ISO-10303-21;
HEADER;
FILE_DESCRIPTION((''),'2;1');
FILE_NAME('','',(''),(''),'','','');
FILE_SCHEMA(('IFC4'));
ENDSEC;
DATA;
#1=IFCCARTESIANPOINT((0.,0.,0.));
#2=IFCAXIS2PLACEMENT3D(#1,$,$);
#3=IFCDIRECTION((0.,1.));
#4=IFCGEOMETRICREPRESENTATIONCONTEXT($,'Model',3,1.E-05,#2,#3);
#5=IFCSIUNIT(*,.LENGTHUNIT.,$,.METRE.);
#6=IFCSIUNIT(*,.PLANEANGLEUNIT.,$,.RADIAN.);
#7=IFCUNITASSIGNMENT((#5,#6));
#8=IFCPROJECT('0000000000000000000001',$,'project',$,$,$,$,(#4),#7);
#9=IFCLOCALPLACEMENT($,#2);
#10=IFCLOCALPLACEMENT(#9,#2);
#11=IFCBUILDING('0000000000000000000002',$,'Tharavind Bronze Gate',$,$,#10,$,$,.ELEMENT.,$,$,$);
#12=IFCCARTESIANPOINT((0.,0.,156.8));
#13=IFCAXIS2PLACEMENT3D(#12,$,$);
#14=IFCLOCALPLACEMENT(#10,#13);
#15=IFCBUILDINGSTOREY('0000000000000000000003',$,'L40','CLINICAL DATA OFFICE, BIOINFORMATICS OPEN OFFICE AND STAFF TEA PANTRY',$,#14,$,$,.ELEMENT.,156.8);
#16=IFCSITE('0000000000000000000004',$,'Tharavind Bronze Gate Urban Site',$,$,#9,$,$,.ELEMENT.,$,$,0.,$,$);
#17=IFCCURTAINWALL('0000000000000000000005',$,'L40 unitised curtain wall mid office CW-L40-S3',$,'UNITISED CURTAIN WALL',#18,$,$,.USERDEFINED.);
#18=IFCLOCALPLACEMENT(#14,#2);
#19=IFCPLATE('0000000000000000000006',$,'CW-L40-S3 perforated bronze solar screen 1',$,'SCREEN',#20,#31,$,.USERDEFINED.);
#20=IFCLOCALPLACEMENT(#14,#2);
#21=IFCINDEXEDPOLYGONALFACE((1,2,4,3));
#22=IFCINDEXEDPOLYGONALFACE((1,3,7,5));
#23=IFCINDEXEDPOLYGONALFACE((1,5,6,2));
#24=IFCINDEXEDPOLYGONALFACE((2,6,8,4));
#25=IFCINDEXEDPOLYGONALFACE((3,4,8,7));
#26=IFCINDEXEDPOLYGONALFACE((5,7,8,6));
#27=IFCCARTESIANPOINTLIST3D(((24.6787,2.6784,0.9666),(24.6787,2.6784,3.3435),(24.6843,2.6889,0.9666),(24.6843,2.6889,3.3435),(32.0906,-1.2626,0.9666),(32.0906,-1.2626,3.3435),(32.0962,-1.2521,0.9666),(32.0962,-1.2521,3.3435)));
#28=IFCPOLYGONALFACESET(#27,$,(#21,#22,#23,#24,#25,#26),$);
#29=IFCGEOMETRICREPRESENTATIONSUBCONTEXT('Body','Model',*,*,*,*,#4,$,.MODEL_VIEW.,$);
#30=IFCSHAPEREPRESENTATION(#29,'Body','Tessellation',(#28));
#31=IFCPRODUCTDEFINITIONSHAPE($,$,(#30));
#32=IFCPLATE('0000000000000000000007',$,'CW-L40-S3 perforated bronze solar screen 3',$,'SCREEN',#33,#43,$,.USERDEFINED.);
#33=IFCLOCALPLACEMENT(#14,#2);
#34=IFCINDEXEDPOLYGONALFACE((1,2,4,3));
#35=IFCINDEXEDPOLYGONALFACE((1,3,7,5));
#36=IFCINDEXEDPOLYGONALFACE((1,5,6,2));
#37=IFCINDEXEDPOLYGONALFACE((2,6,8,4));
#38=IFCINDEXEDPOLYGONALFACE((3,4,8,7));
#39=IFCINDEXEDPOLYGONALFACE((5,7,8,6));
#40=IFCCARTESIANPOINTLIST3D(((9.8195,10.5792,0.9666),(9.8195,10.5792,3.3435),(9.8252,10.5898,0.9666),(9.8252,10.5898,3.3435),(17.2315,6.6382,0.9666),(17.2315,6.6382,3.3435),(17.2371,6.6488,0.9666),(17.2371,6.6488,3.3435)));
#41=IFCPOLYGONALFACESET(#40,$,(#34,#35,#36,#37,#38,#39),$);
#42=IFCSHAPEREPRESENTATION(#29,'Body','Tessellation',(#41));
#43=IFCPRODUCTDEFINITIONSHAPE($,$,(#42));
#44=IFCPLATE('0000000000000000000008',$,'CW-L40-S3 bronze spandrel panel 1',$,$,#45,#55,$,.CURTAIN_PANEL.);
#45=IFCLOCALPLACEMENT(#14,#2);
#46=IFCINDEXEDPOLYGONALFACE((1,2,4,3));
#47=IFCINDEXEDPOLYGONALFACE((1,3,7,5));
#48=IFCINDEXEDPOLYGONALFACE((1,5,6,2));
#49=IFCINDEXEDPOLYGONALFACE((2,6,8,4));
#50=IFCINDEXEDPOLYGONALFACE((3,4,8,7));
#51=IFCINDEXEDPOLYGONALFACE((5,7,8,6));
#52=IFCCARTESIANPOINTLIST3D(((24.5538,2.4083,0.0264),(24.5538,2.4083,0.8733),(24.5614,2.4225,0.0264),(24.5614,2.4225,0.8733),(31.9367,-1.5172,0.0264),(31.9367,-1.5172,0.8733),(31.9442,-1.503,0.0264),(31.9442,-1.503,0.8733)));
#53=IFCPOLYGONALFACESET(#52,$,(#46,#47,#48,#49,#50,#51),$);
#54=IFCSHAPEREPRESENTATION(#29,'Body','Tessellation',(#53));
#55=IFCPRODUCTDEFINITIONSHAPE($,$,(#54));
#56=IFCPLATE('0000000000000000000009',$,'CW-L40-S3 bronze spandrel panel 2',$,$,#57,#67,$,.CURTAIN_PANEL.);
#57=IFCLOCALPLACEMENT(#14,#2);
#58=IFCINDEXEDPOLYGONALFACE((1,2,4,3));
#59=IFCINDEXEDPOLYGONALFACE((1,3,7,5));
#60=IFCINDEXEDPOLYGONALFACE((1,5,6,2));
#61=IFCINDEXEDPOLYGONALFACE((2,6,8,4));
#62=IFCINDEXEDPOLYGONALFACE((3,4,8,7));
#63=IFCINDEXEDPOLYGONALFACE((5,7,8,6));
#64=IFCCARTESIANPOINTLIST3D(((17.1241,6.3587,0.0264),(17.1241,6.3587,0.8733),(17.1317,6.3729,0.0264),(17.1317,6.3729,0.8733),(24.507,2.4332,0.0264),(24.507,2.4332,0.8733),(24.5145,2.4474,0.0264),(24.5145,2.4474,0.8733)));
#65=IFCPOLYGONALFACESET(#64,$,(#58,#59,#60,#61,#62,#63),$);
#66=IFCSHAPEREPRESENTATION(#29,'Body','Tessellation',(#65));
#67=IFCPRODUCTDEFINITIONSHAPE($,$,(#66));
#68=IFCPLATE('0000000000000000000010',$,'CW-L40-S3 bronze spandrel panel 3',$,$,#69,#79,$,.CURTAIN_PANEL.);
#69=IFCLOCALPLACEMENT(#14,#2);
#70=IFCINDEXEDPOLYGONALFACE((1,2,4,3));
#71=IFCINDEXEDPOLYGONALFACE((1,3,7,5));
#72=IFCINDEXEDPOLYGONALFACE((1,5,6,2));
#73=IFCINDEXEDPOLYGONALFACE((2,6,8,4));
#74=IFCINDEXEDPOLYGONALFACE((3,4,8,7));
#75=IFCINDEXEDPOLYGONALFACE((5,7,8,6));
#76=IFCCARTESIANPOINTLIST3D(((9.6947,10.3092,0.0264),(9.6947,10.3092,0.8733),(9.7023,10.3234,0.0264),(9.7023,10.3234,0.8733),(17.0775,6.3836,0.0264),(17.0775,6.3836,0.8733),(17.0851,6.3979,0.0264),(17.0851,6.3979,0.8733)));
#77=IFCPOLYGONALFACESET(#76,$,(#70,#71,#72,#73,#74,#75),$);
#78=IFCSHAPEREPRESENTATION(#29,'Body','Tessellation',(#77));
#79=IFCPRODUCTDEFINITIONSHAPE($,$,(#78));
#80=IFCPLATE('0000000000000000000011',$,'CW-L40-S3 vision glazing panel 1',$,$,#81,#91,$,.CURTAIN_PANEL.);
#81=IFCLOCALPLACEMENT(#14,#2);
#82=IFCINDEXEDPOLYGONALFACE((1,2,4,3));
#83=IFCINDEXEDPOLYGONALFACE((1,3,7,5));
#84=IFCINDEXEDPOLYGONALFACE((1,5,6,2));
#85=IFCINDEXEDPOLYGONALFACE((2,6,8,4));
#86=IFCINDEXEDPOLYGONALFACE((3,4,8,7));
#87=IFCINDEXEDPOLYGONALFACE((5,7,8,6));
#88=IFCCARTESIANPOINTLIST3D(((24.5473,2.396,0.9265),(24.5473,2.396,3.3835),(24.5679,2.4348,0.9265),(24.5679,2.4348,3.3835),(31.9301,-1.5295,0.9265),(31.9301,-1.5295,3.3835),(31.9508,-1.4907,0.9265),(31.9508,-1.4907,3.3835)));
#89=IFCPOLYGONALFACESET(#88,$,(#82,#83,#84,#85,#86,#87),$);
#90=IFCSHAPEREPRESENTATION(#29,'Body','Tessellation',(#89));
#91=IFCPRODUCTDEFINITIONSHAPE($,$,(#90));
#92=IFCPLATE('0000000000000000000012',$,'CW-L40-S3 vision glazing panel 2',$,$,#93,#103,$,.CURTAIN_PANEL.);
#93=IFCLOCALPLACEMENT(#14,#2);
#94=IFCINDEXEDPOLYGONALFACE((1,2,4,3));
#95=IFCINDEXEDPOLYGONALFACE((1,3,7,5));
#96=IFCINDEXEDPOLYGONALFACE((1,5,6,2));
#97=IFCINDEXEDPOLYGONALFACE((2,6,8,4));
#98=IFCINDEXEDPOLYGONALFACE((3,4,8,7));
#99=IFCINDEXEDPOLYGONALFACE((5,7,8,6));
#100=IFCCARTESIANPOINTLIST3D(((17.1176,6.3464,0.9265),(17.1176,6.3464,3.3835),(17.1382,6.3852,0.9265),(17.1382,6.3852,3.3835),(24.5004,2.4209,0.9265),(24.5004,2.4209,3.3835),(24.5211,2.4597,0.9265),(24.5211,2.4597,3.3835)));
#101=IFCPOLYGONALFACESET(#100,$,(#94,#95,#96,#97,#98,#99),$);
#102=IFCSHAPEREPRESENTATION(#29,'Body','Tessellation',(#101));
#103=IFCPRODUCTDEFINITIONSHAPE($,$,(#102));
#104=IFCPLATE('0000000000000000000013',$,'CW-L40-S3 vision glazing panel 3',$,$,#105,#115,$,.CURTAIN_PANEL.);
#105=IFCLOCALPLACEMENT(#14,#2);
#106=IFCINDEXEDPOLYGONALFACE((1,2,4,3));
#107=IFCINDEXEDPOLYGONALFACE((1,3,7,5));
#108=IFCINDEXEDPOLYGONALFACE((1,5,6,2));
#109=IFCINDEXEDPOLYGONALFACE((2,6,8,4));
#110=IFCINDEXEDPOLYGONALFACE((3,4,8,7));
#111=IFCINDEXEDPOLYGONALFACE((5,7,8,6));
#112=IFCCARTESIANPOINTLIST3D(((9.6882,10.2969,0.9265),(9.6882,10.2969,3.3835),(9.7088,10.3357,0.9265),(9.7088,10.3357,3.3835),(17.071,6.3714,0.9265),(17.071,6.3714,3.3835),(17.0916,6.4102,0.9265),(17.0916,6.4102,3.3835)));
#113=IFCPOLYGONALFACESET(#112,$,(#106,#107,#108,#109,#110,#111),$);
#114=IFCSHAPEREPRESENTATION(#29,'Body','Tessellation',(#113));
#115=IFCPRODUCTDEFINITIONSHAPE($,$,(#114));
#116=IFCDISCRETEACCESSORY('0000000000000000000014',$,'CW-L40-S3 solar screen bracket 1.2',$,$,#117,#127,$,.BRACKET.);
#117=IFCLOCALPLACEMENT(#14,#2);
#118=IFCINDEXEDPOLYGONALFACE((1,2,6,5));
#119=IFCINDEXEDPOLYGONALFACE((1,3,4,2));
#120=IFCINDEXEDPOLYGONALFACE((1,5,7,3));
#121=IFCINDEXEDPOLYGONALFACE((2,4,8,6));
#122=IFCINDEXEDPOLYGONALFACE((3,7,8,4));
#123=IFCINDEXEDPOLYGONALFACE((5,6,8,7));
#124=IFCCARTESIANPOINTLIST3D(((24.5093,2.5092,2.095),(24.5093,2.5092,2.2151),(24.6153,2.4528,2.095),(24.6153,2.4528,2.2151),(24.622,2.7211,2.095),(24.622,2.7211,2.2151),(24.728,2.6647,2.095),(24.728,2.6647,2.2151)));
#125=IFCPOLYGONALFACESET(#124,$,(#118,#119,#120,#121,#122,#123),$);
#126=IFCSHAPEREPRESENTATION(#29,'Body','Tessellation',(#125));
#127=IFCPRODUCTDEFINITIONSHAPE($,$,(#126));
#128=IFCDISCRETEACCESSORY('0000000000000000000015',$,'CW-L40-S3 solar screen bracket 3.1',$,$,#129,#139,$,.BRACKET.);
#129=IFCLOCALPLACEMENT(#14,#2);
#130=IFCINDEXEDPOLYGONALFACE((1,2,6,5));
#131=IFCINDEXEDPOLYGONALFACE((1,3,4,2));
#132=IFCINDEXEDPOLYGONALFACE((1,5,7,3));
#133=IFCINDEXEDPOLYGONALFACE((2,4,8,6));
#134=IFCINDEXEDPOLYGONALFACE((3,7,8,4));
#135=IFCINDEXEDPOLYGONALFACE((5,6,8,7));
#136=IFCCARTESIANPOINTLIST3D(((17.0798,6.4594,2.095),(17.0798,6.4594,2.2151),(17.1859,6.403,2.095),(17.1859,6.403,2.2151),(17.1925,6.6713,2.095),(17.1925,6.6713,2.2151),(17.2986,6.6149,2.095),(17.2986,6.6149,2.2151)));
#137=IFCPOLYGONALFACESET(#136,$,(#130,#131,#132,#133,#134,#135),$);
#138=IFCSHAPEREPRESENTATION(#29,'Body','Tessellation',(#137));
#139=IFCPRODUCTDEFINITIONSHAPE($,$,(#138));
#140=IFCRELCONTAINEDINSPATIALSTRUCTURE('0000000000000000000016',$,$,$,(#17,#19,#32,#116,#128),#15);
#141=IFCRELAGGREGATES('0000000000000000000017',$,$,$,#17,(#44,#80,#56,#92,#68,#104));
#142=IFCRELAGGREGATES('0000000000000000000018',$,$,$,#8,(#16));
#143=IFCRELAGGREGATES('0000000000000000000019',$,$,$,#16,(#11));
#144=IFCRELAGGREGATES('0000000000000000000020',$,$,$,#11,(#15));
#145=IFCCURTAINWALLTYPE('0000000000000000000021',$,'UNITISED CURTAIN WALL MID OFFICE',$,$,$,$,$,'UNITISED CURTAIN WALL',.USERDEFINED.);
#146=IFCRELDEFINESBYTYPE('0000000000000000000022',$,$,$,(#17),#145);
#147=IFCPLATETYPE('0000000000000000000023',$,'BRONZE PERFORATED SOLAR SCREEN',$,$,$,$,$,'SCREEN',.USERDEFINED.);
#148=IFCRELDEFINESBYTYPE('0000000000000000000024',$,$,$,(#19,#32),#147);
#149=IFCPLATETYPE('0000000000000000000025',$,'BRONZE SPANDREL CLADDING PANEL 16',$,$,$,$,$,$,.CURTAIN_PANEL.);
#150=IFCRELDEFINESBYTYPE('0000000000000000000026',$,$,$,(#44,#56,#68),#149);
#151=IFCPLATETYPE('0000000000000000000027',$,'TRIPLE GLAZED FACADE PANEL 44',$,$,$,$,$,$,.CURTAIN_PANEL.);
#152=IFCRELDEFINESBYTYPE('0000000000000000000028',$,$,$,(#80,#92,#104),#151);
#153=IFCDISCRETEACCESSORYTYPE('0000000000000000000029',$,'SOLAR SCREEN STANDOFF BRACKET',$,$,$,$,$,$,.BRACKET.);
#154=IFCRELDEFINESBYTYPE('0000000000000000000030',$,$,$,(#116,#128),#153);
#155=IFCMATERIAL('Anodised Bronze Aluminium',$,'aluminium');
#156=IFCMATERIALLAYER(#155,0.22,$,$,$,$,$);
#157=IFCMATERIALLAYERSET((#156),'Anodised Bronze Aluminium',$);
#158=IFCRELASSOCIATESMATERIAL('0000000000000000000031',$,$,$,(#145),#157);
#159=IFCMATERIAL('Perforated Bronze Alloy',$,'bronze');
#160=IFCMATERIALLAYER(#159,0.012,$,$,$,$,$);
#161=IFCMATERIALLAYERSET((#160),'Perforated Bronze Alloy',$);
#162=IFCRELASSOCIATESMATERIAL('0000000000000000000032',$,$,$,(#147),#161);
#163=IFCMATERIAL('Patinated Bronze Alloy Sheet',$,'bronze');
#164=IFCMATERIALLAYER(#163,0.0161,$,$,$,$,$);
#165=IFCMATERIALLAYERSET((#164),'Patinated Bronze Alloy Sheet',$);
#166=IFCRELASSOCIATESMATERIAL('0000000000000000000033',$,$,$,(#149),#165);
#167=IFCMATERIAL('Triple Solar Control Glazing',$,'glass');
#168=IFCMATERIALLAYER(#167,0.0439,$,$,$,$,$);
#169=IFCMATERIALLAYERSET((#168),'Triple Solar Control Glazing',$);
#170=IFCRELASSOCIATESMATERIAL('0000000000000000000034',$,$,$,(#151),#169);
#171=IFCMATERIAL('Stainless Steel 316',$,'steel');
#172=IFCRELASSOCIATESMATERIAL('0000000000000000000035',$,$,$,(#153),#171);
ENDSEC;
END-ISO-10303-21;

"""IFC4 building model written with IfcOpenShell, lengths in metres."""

from ifc_helpers import new_model, si_unit, direction, frame, origin, origin_2d, place, context, subcontext, project, spatial, rectangle, extrude, material, layer, layer_set, type_object, element, aggregate, save


model = new_model("IFC4")

# Units and contexts
model_context = context("Model", 3, precision=1e-05, world=origin(), true_north=direction((0.0, 1.0)))
body_context = subcontext(model_context, "Body", "Model", "MODEL_VIEW")
ifc_project = project(units=[si_unit("LENGTHUNIT", "METRE"), si_unit("PLANEANGLEUNIT", "RADIAN")], contexts=[model_context])

# Site, building, storey
site_placement = place(None, origin())
site = spatial("IfcSite", under=ifc_project, at=site_placement, Name="Tharavind Bronze Gate Urban Site", CompositionType="ELEMENT", RefElevation=0.0)
building_placement = place(site_placement, origin())
building = spatial("IfcBuilding", under=site, at=building_placement, Name="Tharavind Bronze Gate", CompositionType="ELEMENT")
storey_placement = place(building_placement, frame((0.0, 0.0, 156.8)))
storey = spatial("IfcBuildingStorey", under=building, at=storey_placement, Name="L40", Description="CLINICAL DATA OFFICE, BIOINFORMATICS OPEN OFFICE AND STAFF TEA PANTRY", CompositionType="ELEMENT", Elevation=156.8)

# Curtain wall
ifc_material_1 = material(Name="Anodised Bronze Aluminium", Category="aluminium")
ifc_layer_1 = layer(ifc_material_1, 0.22)
ifc_layer_set_1 = layer_set([ifc_layer_1], Name="Anodised Bronze Aluminium")
curtain_wall_type = type_object("IfcCurtainWallType", Name="UNITISED CURTAIN WALL MID OFFICE", ElementType="UNITISED CURTAIN WALL", PredefinedType="USERDEFINED", material=ifc_layer_set_1)
curtain_wall_placement = place(storey_placement, origin())
curtain_wall = element("IfcCurtainWall", 1, at=curtain_wall_placement, inside=storey, type_object=curtain_wall_type, Name="L40 unitised curtain wall mid office CW-L40-S3", ObjectType="UNITISED CURTAIN WALL", PredefinedType="USERDEFINED")

# Plates
ifc_material_2 = material(Name="Perforated Bronze Alloy", Category="bronze")
ifc_layer_2 = layer(ifc_material_2, 0.012)
ifc_layer_set_2 = layer_set([ifc_layer_2], Name="Perforated Bronze Alloy")
plate_type_1 = type_object("IfcPlateType", Name="BRONZE PERFORATED SOLAR SCREEN", ElementType="SCREEN", PredefinedType="USERDEFINED", material=ifc_layer_set_2)
for number, where, z_axis, x_axis, name in (
    (2, (28.3875, 0.7131, 0.9666), (0.0, 0.0, 1.0), (-0.882948, 0.469472, 0.0), "CW-L40-S3 perforated bronze solar screen 1"),
    (3, (13.5283, 8.614, 0.9666), (0.0, 0.0, 1.0), (-0.882948, 0.469472, 0.0), "CW-L40-S3 perforated bronze solar screen 3"),
):
    element("IfcPlate", number, at=place(storey_placement, frame(where, z_axis=z_axis, x_axis=x_axis)), inside=storey, type_object=plate_type_1, Name=name, ObjectType="SCREEN", PredefinedType="USERDEFINED", context=body_context, shape_type="SweptSolid", body=[
        extrude(rectangle(XDim=8.3945, YDim=0.012, at=origin_2d()), origin(), (0.0, 0.0, 1.0), 2.377),
    ])

# Plates
ifc_material_3 = material(Name="Patinated Bronze Alloy Sheet", Category="bronze")
ifc_layer_3 = layer(ifc_material_3, 0.0161)
ifc_layer_set_3 = layer_set([ifc_layer_3], Name="Patinated Bronze Alloy Sheet")
plate_type_2 = type_object("IfcPlateType", Name="BRONZE SPANDREL CLADDING PANEL 16", PredefinedType="CURTAIN_PANEL", material=ifc_layer_set_3)
plate_1_placement = place(storey_placement, frame((28.249, 0.4526, 0.0264), z_axis=(0.0, 0.0, 1.0), x_axis=(-0.882948, 0.469472, 0.0)))
plate_1 = element("IfcPlate", 4, at=plate_1_placement, type_object=plate_type_2, Name="CW-L40-S3 bronze spandrel panel 1", PredefinedType="CURTAIN_PANEL", context=body_context, shape_type="SweptSolid", body=[
    extrude(rectangle(XDim=8.3616, YDim=0.0161, at=origin_2d()), origin(), (0.0, 0.0, 1.0), 0.8469),
])
plate_2_placement = place(storey_placement, frame((20.8193, 4.4031, 0.0264), z_axis=(0.0, 0.0, 1.0), x_axis=(-0.882948, 0.469472, 0.0)))
plate_2 = element("IfcPlate", 5, at=plate_2_placement, type_object=plate_type_2, Name="CW-L40-S3 bronze spandrel panel 2", PredefinedType="CURTAIN_PANEL", context=body_context, shape_type="SweptSolid", body=[
    extrude(rectangle(XDim=8.3616, YDim=0.0161, at=origin_2d()), origin(), (0.0, 0.0, 1.0), 0.8469),
])
plate_3_placement = place(storey_placement, frame((13.3899, 8.3535, 0.0264), z_axis=(0.0, 0.0, 1.0), x_axis=(-0.882948, 0.469472, 0.0)))
plate_3 = element("IfcPlate", 6, at=plate_3_placement, type_object=plate_type_2, Name="CW-L40-S3 bronze spandrel panel 3", PredefinedType="CURTAIN_PANEL", context=body_context, shape_type="SweptSolid", body=[
    extrude(rectangle(XDim=8.3616, YDim=0.0161, at=origin_2d()), origin(), (0.0, 0.0, 1.0), 0.8469),
])
ifc_material_4 = material(Name="Triple Solar Control Glazing", Category="glass")
ifc_layer_4 = layer(ifc_material_4, 0.0439)
ifc_layer_set_4 = layer_set([ifc_layer_4], Name="Triple Solar Control Glazing")
plate_type_3 = type_object("IfcPlateType", Name="TRIPLE GLAZED FACADE PANEL 44", PredefinedType="CURTAIN_PANEL", material=ifc_layer_set_4)
plate_4_placement = place(storey_placement, frame((28.249, 0.4526, 0.9265), z_axis=(0.0, 0.0, 1.0), x_axis=(-0.882948, 0.469472, 0.0)))
plate_4 = element("IfcPlate", 7, at=plate_4_placement, type_object=plate_type_3, Name="CW-L40-S3 vision glazing panel 1", PredefinedType="CURTAIN_PANEL", context=body_context, shape_type="SweptSolid", body=[
    extrude(rectangle(XDim=8.3616, YDim=0.0439, at=origin_2d()), origin(), (0.0, 0.0, 1.0), 2.457),
])
plate_5_placement = place(storey_placement, frame((20.8193, 4.4031, 0.9265), z_axis=(0.0, 0.0, 1.0), x_axis=(-0.882948, 0.469472, 0.0)))
plate_5 = element("IfcPlate", 8, at=plate_5_placement, type_object=plate_type_3, Name="CW-L40-S3 vision glazing panel 2", PredefinedType="CURTAIN_PANEL", context=body_context, shape_type="SweptSolid", body=[
    extrude(rectangle(XDim=8.3616, YDim=0.0439, at=origin_2d()), origin(), (0.0, 0.0, 1.0), 2.457),
])
plate_6_placement = place(storey_placement, frame((13.3899, 8.3535, 0.9265), z_axis=(0.0, 0.0, 1.0), x_axis=(-0.882948, 0.469472, 0.0)))
plate_6 = element("IfcPlate", 9, at=plate_6_placement, type_object=plate_type_3, Name="CW-L40-S3 vision glazing panel 3", PredefinedType="CURTAIN_PANEL", context=body_context, shape_type="SweptSolid", body=[
    extrude(rectangle(XDim=8.3616, YDim=0.0439, at=origin_2d()), origin(), (0.0, 0.0, 1.0), 2.457),
])
aggregate(curtain_wall, [plate_1, plate_4, plate_2, plate_5, plate_3, plate_6])

# Discrete accessories
ifc_material_5 = material(Name="Stainless Steel 316", Category="steel")
discrete_accessory_type = type_object("IfcDiscreteAccessoryType", Name="SOLAR SCREEN STANDOFF BRACKET", PredefinedType="BRACKET", material=ifc_material_5)
for number, where, z_axis, x_axis, name in (
    (10, (24.6187, 2.5869, 2.095), (0.0, 0.0, 1.0), (-0.882948, 0.469472, 0.0), "CW-L40-S3 solar screen bracket 1.2"),
    (11, (17.1892, 6.5371, 2.095), (0.0, 0.0, 1.0), (-0.882948, 0.469472, 0.0), "CW-L40-S3 solar screen bracket 3.1"),
):
    element("IfcDiscreteAccessory", number, at=place(storey_placement, frame(where, z_axis=z_axis, x_axis=x_axis)), inside=storey, type_object=discrete_accessory_type, Name=name, PredefinedType="BRACKET", context=body_context, shape_type="SweptSolid", body=[
        extrude(rectangle(XDim=0.1201, YDim=0.24, at=origin_2d()), origin(), (0.0, 0.0, 1.0), 0.1201),
    ])

save(model, "model.ifc")
